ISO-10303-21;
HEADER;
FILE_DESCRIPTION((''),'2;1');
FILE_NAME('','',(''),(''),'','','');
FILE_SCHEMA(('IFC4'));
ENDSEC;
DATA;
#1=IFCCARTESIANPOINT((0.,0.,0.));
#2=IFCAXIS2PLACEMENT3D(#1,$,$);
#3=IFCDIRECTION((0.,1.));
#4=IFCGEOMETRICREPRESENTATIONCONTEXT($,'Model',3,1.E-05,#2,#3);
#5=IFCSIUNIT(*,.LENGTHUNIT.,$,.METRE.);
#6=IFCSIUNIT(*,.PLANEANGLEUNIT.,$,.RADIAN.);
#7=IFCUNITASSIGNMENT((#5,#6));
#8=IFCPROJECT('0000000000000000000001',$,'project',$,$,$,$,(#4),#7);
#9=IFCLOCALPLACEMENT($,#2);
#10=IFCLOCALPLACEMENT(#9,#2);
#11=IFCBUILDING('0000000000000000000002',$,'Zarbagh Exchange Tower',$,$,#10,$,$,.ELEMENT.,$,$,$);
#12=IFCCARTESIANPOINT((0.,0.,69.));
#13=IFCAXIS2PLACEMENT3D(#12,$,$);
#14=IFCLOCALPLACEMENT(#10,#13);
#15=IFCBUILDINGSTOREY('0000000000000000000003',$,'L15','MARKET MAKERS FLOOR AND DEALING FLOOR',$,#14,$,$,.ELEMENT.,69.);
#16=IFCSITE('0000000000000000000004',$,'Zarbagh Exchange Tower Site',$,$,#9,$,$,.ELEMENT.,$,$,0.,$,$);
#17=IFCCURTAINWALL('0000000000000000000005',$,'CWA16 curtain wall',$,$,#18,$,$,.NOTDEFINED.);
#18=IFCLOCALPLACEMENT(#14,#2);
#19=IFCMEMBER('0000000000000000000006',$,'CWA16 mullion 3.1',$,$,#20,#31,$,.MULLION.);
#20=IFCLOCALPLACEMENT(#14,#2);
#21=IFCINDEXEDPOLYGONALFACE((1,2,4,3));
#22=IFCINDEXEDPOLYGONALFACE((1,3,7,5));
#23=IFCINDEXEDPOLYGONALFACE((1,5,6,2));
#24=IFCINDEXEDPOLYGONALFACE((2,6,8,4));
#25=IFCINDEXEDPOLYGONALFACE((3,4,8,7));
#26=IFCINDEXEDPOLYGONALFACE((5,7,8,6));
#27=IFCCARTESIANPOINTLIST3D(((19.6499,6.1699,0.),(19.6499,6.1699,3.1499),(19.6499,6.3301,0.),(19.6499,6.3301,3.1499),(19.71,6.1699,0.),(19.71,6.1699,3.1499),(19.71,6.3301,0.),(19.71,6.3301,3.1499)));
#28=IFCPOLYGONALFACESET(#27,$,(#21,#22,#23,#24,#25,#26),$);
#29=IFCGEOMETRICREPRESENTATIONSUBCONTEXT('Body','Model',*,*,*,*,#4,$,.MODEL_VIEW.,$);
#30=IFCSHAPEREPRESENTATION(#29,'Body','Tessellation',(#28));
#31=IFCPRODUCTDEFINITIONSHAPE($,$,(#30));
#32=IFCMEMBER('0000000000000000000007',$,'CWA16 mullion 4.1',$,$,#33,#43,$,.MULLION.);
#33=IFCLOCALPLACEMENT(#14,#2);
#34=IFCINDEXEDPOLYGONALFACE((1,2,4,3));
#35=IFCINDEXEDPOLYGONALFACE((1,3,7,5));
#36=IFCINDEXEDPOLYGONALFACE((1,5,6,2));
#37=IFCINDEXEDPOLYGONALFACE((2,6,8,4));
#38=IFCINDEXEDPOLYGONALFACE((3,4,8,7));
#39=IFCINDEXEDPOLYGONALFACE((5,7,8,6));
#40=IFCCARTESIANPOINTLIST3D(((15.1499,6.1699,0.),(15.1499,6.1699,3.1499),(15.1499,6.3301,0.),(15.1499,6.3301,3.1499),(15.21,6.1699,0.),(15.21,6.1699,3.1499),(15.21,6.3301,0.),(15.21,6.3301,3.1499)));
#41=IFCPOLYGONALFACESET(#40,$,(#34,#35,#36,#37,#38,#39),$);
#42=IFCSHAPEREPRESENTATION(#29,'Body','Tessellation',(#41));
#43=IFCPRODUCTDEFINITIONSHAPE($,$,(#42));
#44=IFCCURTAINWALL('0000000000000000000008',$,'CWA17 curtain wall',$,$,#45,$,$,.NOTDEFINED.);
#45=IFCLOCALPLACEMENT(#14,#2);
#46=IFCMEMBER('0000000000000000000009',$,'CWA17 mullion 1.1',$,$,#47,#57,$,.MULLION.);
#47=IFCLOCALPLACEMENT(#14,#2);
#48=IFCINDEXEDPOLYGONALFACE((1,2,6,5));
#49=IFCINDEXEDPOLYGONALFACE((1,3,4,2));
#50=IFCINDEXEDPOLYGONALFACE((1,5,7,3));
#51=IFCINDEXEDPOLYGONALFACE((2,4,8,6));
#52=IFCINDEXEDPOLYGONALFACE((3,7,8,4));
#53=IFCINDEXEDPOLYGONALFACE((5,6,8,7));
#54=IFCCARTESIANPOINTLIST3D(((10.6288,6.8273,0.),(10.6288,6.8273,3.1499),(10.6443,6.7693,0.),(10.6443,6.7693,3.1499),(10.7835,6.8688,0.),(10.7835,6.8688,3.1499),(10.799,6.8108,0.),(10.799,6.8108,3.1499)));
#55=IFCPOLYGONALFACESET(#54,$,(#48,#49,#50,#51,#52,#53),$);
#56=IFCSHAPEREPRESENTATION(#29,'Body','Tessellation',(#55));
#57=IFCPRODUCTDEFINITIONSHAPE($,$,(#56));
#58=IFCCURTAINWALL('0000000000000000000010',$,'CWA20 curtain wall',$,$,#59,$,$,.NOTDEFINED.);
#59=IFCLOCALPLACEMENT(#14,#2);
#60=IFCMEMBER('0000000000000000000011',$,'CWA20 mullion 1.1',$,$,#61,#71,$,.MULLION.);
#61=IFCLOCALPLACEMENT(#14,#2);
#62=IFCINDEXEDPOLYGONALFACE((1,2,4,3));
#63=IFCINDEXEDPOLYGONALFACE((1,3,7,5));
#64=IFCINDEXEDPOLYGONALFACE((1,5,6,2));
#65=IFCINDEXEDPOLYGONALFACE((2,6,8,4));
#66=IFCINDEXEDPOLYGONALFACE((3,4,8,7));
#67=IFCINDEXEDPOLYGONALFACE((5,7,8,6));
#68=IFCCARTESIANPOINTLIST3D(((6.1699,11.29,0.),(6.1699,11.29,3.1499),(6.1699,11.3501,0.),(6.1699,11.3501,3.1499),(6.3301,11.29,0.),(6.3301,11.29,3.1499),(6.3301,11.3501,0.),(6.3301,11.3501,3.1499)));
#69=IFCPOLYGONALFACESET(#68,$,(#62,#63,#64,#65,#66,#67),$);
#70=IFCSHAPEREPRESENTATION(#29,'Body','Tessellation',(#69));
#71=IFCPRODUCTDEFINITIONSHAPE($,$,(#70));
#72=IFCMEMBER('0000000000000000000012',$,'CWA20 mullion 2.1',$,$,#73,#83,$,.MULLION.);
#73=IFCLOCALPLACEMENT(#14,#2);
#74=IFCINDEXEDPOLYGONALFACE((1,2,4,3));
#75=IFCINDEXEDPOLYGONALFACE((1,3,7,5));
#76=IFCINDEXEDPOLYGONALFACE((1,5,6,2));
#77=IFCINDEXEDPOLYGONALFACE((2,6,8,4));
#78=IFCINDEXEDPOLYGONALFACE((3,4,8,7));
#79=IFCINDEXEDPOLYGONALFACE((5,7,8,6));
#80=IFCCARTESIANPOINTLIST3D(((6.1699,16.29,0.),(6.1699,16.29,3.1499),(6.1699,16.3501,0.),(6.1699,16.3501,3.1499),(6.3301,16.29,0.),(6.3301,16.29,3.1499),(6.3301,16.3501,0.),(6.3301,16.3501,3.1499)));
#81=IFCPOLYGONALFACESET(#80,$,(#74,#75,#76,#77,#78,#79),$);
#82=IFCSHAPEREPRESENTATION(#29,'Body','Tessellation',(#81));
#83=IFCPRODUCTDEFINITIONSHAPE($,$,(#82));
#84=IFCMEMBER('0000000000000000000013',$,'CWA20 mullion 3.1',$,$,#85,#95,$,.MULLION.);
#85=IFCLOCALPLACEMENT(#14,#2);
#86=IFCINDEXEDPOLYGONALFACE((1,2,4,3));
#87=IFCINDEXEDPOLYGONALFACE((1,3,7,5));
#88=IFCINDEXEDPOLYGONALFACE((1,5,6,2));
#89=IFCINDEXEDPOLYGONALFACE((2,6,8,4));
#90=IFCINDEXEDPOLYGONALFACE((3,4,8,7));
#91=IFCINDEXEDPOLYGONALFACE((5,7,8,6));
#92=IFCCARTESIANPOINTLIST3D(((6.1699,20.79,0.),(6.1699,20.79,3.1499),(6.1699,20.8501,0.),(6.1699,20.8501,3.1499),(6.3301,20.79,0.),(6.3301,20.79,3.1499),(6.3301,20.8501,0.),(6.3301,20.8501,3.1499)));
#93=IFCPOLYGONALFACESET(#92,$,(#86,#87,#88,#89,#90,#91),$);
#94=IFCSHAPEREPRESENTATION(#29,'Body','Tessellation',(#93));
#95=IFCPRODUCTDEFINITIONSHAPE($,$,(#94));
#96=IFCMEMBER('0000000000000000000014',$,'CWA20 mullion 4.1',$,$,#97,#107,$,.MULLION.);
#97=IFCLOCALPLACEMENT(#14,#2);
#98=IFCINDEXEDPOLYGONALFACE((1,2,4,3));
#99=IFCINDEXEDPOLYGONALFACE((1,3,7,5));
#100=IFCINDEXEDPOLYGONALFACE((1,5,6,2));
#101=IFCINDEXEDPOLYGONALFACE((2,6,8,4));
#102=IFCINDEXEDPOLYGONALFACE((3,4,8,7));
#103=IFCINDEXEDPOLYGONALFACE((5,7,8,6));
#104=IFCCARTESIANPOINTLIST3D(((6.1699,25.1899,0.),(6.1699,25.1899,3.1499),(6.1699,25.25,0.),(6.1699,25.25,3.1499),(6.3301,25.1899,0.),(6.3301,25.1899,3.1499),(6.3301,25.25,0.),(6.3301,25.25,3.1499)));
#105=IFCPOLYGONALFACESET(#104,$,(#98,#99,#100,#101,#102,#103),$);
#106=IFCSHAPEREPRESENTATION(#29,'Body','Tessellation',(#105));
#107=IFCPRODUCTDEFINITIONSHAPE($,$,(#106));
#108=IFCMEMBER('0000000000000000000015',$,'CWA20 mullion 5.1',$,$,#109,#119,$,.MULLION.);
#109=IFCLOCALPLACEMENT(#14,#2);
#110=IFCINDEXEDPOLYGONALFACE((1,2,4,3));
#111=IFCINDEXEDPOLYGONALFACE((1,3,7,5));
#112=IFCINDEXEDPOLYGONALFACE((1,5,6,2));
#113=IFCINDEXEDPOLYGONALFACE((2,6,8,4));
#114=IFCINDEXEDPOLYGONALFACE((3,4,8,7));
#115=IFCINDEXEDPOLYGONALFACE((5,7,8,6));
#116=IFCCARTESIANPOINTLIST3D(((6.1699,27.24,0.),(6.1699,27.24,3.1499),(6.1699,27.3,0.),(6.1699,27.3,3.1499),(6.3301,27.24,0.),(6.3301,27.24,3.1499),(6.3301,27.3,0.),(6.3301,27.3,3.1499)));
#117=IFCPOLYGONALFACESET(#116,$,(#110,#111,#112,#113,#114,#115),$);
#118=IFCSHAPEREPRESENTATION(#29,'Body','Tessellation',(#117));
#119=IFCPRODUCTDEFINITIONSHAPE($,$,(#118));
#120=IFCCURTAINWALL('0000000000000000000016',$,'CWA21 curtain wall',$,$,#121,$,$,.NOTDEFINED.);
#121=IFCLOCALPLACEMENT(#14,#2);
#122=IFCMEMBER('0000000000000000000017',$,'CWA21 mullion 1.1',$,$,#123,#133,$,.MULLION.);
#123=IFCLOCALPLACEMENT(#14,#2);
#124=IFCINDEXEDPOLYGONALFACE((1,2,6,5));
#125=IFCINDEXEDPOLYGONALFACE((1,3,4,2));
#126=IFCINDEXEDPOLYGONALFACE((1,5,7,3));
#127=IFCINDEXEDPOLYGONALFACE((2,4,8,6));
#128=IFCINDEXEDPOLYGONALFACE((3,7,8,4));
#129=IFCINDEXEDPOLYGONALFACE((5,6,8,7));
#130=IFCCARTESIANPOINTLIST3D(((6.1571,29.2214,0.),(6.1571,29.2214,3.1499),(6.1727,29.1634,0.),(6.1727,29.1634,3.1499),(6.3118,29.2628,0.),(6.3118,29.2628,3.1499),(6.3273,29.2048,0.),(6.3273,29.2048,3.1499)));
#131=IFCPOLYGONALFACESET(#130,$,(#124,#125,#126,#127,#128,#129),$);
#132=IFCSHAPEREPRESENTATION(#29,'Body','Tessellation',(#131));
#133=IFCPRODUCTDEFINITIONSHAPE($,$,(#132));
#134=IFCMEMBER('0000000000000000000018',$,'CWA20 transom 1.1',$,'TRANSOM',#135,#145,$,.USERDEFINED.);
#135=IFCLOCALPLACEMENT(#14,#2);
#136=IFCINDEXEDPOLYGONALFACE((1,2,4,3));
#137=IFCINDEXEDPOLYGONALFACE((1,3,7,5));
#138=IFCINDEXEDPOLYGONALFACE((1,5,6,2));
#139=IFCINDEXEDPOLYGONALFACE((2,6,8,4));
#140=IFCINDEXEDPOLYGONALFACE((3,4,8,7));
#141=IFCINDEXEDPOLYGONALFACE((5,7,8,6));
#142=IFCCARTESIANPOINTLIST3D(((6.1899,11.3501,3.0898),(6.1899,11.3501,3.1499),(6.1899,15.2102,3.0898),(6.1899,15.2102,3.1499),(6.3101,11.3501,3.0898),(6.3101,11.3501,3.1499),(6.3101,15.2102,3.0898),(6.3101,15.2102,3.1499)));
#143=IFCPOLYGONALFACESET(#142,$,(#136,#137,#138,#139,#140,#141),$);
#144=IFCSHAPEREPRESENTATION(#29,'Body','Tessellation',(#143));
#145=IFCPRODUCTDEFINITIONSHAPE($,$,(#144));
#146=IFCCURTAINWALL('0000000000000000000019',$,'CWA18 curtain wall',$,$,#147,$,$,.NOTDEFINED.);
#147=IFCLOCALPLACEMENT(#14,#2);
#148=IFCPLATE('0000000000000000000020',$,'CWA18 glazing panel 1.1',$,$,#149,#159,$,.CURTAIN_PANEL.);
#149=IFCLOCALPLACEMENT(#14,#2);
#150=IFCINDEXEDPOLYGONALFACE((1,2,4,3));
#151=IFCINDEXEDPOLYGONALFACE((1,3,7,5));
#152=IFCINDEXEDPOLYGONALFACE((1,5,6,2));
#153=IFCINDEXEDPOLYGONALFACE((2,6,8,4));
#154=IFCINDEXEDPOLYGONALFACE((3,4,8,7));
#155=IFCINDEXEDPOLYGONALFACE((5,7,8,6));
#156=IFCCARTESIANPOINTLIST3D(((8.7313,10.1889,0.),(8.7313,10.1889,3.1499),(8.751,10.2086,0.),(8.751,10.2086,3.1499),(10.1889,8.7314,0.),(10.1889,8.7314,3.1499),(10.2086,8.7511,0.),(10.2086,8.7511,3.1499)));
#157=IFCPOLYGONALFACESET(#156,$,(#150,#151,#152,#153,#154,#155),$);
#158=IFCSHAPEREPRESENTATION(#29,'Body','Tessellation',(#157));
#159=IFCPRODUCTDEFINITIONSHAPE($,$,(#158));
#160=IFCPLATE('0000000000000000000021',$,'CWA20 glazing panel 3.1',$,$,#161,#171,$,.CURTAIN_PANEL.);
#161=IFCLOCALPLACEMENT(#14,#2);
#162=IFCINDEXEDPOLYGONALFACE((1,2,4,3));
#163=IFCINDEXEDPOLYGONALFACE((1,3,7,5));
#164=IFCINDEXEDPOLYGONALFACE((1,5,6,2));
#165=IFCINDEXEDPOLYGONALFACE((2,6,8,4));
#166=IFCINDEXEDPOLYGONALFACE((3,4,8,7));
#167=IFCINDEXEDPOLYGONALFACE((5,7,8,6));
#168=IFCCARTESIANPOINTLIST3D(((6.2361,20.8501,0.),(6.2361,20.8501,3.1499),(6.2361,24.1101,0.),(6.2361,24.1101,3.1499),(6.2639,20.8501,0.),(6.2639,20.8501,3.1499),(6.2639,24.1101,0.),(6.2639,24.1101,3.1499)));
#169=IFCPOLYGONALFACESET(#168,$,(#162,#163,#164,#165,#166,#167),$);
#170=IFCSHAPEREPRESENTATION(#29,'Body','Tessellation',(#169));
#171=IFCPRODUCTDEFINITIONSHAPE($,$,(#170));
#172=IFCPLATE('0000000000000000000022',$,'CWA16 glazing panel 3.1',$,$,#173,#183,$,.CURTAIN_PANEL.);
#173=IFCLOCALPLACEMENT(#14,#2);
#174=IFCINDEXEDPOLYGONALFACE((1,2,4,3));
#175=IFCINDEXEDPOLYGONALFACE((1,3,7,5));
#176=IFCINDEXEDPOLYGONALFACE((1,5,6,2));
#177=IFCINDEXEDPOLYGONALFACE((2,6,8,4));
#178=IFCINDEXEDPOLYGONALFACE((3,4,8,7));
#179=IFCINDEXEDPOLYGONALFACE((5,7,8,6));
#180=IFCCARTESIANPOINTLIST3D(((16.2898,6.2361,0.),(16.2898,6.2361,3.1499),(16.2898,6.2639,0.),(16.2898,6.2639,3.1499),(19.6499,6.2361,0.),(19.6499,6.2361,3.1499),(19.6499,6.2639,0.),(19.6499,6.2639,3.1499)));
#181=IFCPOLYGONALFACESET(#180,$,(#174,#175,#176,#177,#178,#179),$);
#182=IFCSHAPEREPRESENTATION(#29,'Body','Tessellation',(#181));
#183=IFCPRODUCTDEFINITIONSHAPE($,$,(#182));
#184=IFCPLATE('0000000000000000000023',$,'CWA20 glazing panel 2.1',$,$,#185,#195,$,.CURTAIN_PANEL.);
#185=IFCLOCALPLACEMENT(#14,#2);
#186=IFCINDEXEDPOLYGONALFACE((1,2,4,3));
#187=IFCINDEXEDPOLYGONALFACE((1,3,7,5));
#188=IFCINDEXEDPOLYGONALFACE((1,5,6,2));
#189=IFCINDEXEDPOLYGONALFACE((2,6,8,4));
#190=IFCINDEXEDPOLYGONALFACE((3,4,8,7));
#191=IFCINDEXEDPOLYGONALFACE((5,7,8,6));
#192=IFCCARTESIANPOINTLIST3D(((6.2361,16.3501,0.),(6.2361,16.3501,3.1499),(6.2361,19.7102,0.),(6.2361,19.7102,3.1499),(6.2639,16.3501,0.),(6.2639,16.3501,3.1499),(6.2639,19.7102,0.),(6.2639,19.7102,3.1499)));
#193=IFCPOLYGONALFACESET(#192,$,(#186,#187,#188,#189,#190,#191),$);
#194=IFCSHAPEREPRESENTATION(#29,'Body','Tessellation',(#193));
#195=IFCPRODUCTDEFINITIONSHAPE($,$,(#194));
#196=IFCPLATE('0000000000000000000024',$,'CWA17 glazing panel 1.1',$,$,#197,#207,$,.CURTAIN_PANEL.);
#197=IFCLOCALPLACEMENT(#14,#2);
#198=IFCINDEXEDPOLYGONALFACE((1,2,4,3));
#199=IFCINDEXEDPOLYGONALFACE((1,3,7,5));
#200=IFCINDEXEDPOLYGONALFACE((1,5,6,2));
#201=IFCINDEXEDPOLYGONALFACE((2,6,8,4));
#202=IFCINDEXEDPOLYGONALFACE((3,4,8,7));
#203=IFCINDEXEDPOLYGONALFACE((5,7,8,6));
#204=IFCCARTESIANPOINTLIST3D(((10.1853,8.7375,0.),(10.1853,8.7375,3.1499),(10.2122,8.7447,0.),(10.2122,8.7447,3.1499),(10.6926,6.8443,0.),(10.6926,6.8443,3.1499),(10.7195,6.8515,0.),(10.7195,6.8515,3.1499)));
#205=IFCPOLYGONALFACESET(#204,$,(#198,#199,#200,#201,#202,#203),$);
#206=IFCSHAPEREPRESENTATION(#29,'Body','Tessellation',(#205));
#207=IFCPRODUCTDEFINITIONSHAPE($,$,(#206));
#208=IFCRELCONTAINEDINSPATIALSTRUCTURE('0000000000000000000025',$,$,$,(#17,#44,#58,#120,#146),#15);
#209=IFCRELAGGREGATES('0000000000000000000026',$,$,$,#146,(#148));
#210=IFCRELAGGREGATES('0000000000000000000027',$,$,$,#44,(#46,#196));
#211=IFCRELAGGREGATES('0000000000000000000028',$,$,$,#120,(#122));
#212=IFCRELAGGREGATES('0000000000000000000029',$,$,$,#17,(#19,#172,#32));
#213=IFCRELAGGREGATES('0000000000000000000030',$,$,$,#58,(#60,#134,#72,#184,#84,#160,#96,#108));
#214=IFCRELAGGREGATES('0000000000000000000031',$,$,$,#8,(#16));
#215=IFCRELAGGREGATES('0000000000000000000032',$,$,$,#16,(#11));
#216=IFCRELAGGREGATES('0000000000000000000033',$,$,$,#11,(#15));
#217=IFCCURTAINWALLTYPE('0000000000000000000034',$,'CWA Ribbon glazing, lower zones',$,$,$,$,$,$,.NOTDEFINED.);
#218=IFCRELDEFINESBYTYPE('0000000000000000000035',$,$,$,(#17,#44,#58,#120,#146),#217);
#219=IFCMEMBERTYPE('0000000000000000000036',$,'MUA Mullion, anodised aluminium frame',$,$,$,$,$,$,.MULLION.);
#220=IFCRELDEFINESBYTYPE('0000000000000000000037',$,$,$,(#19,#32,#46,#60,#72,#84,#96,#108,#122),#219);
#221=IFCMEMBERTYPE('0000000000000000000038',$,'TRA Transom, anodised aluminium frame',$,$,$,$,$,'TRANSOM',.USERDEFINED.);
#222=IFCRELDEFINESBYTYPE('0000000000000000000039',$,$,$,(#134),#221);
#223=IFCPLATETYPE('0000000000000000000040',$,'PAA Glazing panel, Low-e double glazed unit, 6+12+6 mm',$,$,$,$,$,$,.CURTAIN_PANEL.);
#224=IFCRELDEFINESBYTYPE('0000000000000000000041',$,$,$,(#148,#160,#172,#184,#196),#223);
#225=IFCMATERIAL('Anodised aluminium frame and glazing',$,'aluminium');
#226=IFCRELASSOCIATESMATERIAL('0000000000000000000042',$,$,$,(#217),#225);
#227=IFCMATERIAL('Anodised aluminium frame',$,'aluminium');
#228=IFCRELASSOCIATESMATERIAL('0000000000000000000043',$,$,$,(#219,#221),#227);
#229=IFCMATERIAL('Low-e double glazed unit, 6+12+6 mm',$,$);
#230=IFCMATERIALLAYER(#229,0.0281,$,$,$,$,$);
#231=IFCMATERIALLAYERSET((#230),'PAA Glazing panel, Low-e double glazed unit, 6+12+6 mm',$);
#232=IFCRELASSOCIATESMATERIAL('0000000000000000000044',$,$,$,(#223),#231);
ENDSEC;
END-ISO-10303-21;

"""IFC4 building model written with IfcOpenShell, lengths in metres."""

from ifc_helpers import new_model, si_unit, direction, frame, origin, place, context, subcontext, project, spatial, polyline, outline, extrude, source, transform, mapped, material, layer, layer_set, type_object, element, aggregate, save


model = new_model("IFC4")

# Units and contexts
model_context = context("Model", 3, precision=1e-05, world=origin(), true_north=direction((0.0, 1.0)))
body_context = subcontext(model_context, "Body", "Model", "MODEL_VIEW")
ifc_project = project(units=[si_unit("LENGTHUNIT", "METRE"), si_unit("PLANEANGLEUNIT", "RADIAN")], contexts=[model_context])

# Site, building, storey
site_placement = place(None, origin())
site = spatial("IfcSite", under=ifc_project, at=site_placement, Name="Zarbagh Exchange Tower Site", CompositionType="ELEMENT", RefElevation=0.0)
building_placement = place(site_placement, origin())
building = spatial("IfcBuilding", under=site, at=building_placement, Name="Zarbagh Exchange Tower", CompositionType="ELEMENT")
storey_placement = place(building_placement, frame((0.0, 0.0, 69.0)))
storey = spatial("IfcBuildingStorey", under=building, at=storey_placement, Name="L15", Description="MARKET MAKERS FLOOR AND DEALING FLOOR", CompositionType="ELEMENT", Elevation=69.0)

# Curtain wall, members
ifc_material_1 = material(Name="Anodised aluminium frame and glazing", Category="aluminium")
curtain_wall_type = type_object("IfcCurtainWallType", Name="CWA Ribbon glazing, lower zones", PredefinedType="NOTDEFINED", material=ifc_material_1)
curtain_wall_1_placement = place(storey_placement, origin())
curtain_wall_1 = element("IfcCurtainWall", 1, at=curtain_wall_1_placement, inside=storey, type_object=curtain_wall_type, Name="CWA16 curtain wall", PredefinedType="NOTDEFINED")
ifc_material_2 = material(Name="Anodised aluminium frame", Category="aluminium")
member_type_1 = type_object("IfcMemberType", Name="MUA Mullion, anodised aluminium frame", PredefinedType="MULLION", material=ifc_material_2)
shared_shape_1 = source(origin(), body_context, "Body", "SweptSolid", [
    extrude(outline(polyline([(0.0, -0.0801), (0.0601, -0.0801), (0.0601, 0.0801), (0.0, 0.0801), (0.0, -0.0801)])), origin(), (0.0, 0.0, 1.0), 3.1499),
])
placement = place(storey_placement, origin())
member_1 = element("IfcMember", 2, at=placement, type_object=member_type_1, Name="CWA16 mullion 3.1", PredefinedType="MULLION", context=body_context, shape_type="MappedRepresentation", body=[
    mapped(shared_shape_1, transform((19.71, 6.25, 0.0), x_axis=(-1.0, 0.0, 0.0), y_axis=(0.0, -1.0, 0.0), z_axis=(0.0, 0.0, 1.0))),
])
member_2 = element("IfcMember", 3, at=placement, type_object=member_type_1, Name="CWA16 mullion 4.1", PredefinedType="MULLION", context=body_context, shape_type="MappedRepresentation", body=[
    mapped(shared_shape_1, transform((15.21, 6.25, 0.0), x_axis=(-1.0, 0.0, 0.0), y_axis=(0.0, -1.0, 0.0), z_axis=(0.0, 0.0, 1.0))),
])

# Curtain wall, member
curtain_wall_2_placement = place(storey_placement, origin())
curtain_wall_2 = element("IfcCurtainWall", 4, at=curtain_wall_2_placement, inside=storey, type_object=curtain_wall_type, Name="CWA17 curtain wall", PredefinedType="NOTDEFINED")
member_3 = element("IfcMember", 5, at=placement, type_object=member_type_1, Name="CWA17 mullion 1.1", PredefinedType="MULLION", context=body_context, shape_type="MappedRepresentation", body=[
    mapped(shared_shape_1, transform((10.7217, 6.79, 0.0), x_axis=(-0.258825, 0.965924, 0.0), y_axis=(-0.965924, -0.258825, 0.0), z_axis=(0.0, 0.0, 1.0))),
])

# Curtain wall, members
curtain_wall_3_placement = place(storey_placement, origin())
curtain_wall_3 = element("IfcCurtainWall", 6, at=curtain_wall_3_placement, inside=storey, type_object=curtain_wall_type, Name="CWA20 curtain wall", PredefinedType="NOTDEFINED")
member_4 = element("IfcMember", 7, at=placement, type_object=member_type_1, Name="CWA20 mullion 1.1", PredefinedType="MULLION", context=body_context, shape_type="MappedRepresentation", body=[
    mapped(shared_shape_1, transform((6.25, 11.29, 0.0), x_axis=(0.0, 1.0, 0.0), y_axis=(-1.0, 0.0, 0.0), z_axis=(0.0, 0.0, 1.0))),
])
member_5 = element("IfcMember", 8, at=placement, type_object=member_type_1, Name="CWA20 mullion 2.1", PredefinedType="MULLION", context=body_context, shape_type="MappedRepresentation", body=[
    mapped(shared_shape_1, transform((6.25, 16.29, 0.0), x_axis=(0.0, 1.0, 0.0), y_axis=(-1.0, 0.0, 0.0), z_axis=(0.0, 0.0, 1.0))),
])
member_6 = element("IfcMember", 9, at=placement, type_object=member_type_1, Name="CWA20 mullion 3.1", PredefinedType="MULLION", context=body_context, shape_type="MappedRepresentation", body=[
    mapped(shared_shape_1, transform((6.25, 20.79, 0.0), x_axis=(0.0, 1.0, 0.0), y_axis=(-1.0, 0.0, 0.0), z_axis=(0.0, 0.0, 1.0))),
])
member_7 = element("IfcMember", 10, at=placement, type_object=member_type_1, Name="CWA20 mullion 4.1", PredefinedType="MULLION", context=body_context, shape_type="MappedRepresentation", body=[
    mapped(shared_shape_1, transform((6.25, 25.1899, 0.0), x_axis=(0.0, 1.0, 0.0), y_axis=(-1.0, 0.0, 0.0), z_axis=(0.0, 0.0, 1.0))),
])
member_8 = element("IfcMember", 11, at=placement, type_object=member_type_1, Name="CWA20 mullion 5.1", PredefinedType="MULLION", context=body_context, shape_type="MappedRepresentation", body=[
    mapped(shared_shape_1, transform((6.25, 27.24, 0.0), x_axis=(0.0, 1.0, 0.0), y_axis=(-1.0, 0.0, 0.0), z_axis=(0.0, 0.0, 1.0))),
])

# Curtain wall, member
curtain_wall_4_placement = place(storey_placement, origin())
curtain_wall_4 = element("IfcCurtainWall", 12, at=curtain_wall_4_placement, inside=storey, type_object=curtain_wall_type, Name="CWA21 curtain wall", PredefinedType="NOTDEFINED")
member_9 = element("IfcMember", 13, at=placement, type_object=member_type_1, Name="CWA21 mullion 1.1", PredefinedType="MULLION", context=body_context, shape_type="MappedRepresentation", body=[
    mapped(shared_shape_1, transform((6.25, 29.1841, 0.0), x_axis=(-0.258825, 0.965924, 0.0), y_axis=(-0.965924, -0.258825, 0.0), z_axis=(0.0, 0.0, 1.0))),
])

# Member
member_type_2 = type_object("IfcMemberType", Name="TRA Transom, anodised aluminium frame", ElementType="TRANSOM", PredefinedType="USERDEFINED", material=ifc_material_2)
shared_shape_2 = source(origin(), body_context, "Body", "SweptSolid", [
    extrude(outline(polyline([(-0.0601, -0.0601), (0.0, -0.0601), (0.0, 0.0601), (-0.0601, 0.0601), (-0.0601, -0.0601)])), origin(), (0.0, 0.0, 1.0), 3.8601),
])
member_10 = element("IfcMember", 14, at=placement, type_object=member_type_2, Name="CWA20 transom 1.1", ObjectType="TRANSOM", PredefinedType="USERDEFINED", context=body_context, shape_type="MappedRepresentation", body=[
    mapped(shared_shape_2, transform((6.25, 11.3501, 3.1499), x_axis=(0.0, 0.0, 1.0), y_axis=(1.0, 0.0, 0.0), z_axis=(0.0, 1.0, 0.0))),
])

# Curtain wall, plate
curtain_wall_5_placement = place(storey_placement, origin())
curtain_wall_5 = element("IfcCurtainWall", 15, at=curtain_wall_5_placement, inside=storey, type_object=curtain_wall_type, Name="CWA18 curtain wall", PredefinedType="NOTDEFINED")
ifc_material_3 = material(Name="Low-e double glazed unit, 6+12+6 mm")
ifc_layer_1 = layer(ifc_material_3, 0.0281)
ifc_layer_set_1 = layer_set([ifc_layer_1], Name="PAA Glazing panel, Low-e double glazed unit, 6+12+6 mm")
plate_type = type_object("IfcPlateType", Name="PAA Glazing panel, Low-e double glazed unit, 6+12+6 mm", PredefinedType="CURTAIN_PANEL", material=ifc_layer_set_1)
shared_shape_3 = source(origin(), body_context, "Body", "SweptSolid", [
    extrude(outline(polyline([(0.0, -0.0139), (2.0613, -0.0139), (2.0613, 0.0139), (0.0, 0.0139), (0.0, -0.0139)])), origin(), (0.0, 0.0, 1.0), 3.1499),
])
plate_1 = element("IfcPlate", 16, at=placement, type_object=plate_type, Name="CWA18 glazing panel 1.1", PredefinedType="CURTAIN_PANEL", context=body_context, shape_type="MappedRepresentation", body=[
    mapped(shared_shape_3, transform((10.1987, 8.7412, 0.0), x_axis=(-0.707107, 0.707107, 0.0), y_axis=(-0.707107, -0.707107, 0.0), z_axis=(0.0, 0.0, 1.0))),
])
aggregate(curtain_wall_5, [plate_1])

# Plates
shared_shape_4 = source(origin(), body_context, "Body", "SweptSolid", [
    extrude(outline(polyline([(0.0, -0.0139), (3.26, -0.0139), (3.26, 0.0139), (0.0, 0.0139), (0.0, -0.0139)])), origin(), (0.0, 0.0, 1.0), 3.1499),
])
plate_2 = element("IfcPlate", 17, at=placement, type_object=plate_type, Name="CWA20 glazing panel 3.1", PredefinedType="CURTAIN_PANEL", context=body_context, shape_type="MappedRepresentation", body=[
    mapped(shared_shape_4, transform((6.25, 20.8501, 0.0), x_axis=(0.0, 1.0, 0.0), y_axis=(-1.0, 0.0, 0.0), z_axis=(0.0, 0.0, 1.0))),
])
shared_shape_5 = source(origin(), body_context, "Body", "SweptSolid", [
    extrude(outline(polyline([(0.0, -0.0139), (3.3601, -0.0139), (3.3601, 0.0139), (0.0, 0.0139), (0.0, -0.0139)])), origin(), (0.0, 0.0, 1.0), 3.1499),
])
plate_3 = element("IfcPlate", 18, at=placement, type_object=plate_type, Name="CWA16 glazing panel 3.1", PredefinedType="CURTAIN_PANEL", context=body_context, shape_type="MappedRepresentation", body=[
    mapped(shared_shape_5, transform((19.6499, 6.25, 0.0), x_axis=(-1.0, 0.0, 0.0), y_axis=(0.0, -1.0, 0.0), z_axis=(0.0, 0.0, 1.0))),
])
plate_4 = element("IfcPlate", 19, at=placement, type_object=plate_type, Name="CWA20 glazing panel 2.1", PredefinedType="CURTAIN_PANEL", context=body_context, shape_type="MappedRepresentation", body=[
    mapped(shared_shape_5, transform((6.25, 16.3501, 0.0), x_axis=(0.0, 1.0, 0.0), y_axis=(-1.0, 0.0, 0.0), z_axis=(0.0, 0.0, 1.0))),
])
shared_shape_6 = source(origin(), body_context, "Body", "SweptSolid", [
    extrude(outline(polyline([(0.0, -0.0139), (1.96, -0.0139), (1.96, 0.0139), (0.0, 0.0139), (0.0, -0.0139)])), origin(), (0.0, 0.0, 1.0), 3.1499),
])
plate_5 = element("IfcPlate", 20, at=placement, type_object=plate_type, Name="CWA17 glazing panel 1.1", PredefinedType="CURTAIN_PANEL", context=body_context, shape_type="MappedRepresentation", body=[
    mapped(shared_shape_6, transform((10.7061, 6.8479, 0.0), x_axis=(-0.258825, 0.965924, 0.0), y_axis=(-0.965924, -0.258825, 0.0), z_axis=(0.0, 0.0, 1.0))),
])
aggregate(curtain_wall_2, [member_3, plate_5])

aggregate(curtain_wall_4, [member_9])
aggregate(curtain_wall_1, [member_1, plate_3, member_2])
aggregate(curtain_wall_3, [member_4, member_10, member_5, plate_4, member_6, plate_2, member_7, member_8])

save(model, "model.ifc")
